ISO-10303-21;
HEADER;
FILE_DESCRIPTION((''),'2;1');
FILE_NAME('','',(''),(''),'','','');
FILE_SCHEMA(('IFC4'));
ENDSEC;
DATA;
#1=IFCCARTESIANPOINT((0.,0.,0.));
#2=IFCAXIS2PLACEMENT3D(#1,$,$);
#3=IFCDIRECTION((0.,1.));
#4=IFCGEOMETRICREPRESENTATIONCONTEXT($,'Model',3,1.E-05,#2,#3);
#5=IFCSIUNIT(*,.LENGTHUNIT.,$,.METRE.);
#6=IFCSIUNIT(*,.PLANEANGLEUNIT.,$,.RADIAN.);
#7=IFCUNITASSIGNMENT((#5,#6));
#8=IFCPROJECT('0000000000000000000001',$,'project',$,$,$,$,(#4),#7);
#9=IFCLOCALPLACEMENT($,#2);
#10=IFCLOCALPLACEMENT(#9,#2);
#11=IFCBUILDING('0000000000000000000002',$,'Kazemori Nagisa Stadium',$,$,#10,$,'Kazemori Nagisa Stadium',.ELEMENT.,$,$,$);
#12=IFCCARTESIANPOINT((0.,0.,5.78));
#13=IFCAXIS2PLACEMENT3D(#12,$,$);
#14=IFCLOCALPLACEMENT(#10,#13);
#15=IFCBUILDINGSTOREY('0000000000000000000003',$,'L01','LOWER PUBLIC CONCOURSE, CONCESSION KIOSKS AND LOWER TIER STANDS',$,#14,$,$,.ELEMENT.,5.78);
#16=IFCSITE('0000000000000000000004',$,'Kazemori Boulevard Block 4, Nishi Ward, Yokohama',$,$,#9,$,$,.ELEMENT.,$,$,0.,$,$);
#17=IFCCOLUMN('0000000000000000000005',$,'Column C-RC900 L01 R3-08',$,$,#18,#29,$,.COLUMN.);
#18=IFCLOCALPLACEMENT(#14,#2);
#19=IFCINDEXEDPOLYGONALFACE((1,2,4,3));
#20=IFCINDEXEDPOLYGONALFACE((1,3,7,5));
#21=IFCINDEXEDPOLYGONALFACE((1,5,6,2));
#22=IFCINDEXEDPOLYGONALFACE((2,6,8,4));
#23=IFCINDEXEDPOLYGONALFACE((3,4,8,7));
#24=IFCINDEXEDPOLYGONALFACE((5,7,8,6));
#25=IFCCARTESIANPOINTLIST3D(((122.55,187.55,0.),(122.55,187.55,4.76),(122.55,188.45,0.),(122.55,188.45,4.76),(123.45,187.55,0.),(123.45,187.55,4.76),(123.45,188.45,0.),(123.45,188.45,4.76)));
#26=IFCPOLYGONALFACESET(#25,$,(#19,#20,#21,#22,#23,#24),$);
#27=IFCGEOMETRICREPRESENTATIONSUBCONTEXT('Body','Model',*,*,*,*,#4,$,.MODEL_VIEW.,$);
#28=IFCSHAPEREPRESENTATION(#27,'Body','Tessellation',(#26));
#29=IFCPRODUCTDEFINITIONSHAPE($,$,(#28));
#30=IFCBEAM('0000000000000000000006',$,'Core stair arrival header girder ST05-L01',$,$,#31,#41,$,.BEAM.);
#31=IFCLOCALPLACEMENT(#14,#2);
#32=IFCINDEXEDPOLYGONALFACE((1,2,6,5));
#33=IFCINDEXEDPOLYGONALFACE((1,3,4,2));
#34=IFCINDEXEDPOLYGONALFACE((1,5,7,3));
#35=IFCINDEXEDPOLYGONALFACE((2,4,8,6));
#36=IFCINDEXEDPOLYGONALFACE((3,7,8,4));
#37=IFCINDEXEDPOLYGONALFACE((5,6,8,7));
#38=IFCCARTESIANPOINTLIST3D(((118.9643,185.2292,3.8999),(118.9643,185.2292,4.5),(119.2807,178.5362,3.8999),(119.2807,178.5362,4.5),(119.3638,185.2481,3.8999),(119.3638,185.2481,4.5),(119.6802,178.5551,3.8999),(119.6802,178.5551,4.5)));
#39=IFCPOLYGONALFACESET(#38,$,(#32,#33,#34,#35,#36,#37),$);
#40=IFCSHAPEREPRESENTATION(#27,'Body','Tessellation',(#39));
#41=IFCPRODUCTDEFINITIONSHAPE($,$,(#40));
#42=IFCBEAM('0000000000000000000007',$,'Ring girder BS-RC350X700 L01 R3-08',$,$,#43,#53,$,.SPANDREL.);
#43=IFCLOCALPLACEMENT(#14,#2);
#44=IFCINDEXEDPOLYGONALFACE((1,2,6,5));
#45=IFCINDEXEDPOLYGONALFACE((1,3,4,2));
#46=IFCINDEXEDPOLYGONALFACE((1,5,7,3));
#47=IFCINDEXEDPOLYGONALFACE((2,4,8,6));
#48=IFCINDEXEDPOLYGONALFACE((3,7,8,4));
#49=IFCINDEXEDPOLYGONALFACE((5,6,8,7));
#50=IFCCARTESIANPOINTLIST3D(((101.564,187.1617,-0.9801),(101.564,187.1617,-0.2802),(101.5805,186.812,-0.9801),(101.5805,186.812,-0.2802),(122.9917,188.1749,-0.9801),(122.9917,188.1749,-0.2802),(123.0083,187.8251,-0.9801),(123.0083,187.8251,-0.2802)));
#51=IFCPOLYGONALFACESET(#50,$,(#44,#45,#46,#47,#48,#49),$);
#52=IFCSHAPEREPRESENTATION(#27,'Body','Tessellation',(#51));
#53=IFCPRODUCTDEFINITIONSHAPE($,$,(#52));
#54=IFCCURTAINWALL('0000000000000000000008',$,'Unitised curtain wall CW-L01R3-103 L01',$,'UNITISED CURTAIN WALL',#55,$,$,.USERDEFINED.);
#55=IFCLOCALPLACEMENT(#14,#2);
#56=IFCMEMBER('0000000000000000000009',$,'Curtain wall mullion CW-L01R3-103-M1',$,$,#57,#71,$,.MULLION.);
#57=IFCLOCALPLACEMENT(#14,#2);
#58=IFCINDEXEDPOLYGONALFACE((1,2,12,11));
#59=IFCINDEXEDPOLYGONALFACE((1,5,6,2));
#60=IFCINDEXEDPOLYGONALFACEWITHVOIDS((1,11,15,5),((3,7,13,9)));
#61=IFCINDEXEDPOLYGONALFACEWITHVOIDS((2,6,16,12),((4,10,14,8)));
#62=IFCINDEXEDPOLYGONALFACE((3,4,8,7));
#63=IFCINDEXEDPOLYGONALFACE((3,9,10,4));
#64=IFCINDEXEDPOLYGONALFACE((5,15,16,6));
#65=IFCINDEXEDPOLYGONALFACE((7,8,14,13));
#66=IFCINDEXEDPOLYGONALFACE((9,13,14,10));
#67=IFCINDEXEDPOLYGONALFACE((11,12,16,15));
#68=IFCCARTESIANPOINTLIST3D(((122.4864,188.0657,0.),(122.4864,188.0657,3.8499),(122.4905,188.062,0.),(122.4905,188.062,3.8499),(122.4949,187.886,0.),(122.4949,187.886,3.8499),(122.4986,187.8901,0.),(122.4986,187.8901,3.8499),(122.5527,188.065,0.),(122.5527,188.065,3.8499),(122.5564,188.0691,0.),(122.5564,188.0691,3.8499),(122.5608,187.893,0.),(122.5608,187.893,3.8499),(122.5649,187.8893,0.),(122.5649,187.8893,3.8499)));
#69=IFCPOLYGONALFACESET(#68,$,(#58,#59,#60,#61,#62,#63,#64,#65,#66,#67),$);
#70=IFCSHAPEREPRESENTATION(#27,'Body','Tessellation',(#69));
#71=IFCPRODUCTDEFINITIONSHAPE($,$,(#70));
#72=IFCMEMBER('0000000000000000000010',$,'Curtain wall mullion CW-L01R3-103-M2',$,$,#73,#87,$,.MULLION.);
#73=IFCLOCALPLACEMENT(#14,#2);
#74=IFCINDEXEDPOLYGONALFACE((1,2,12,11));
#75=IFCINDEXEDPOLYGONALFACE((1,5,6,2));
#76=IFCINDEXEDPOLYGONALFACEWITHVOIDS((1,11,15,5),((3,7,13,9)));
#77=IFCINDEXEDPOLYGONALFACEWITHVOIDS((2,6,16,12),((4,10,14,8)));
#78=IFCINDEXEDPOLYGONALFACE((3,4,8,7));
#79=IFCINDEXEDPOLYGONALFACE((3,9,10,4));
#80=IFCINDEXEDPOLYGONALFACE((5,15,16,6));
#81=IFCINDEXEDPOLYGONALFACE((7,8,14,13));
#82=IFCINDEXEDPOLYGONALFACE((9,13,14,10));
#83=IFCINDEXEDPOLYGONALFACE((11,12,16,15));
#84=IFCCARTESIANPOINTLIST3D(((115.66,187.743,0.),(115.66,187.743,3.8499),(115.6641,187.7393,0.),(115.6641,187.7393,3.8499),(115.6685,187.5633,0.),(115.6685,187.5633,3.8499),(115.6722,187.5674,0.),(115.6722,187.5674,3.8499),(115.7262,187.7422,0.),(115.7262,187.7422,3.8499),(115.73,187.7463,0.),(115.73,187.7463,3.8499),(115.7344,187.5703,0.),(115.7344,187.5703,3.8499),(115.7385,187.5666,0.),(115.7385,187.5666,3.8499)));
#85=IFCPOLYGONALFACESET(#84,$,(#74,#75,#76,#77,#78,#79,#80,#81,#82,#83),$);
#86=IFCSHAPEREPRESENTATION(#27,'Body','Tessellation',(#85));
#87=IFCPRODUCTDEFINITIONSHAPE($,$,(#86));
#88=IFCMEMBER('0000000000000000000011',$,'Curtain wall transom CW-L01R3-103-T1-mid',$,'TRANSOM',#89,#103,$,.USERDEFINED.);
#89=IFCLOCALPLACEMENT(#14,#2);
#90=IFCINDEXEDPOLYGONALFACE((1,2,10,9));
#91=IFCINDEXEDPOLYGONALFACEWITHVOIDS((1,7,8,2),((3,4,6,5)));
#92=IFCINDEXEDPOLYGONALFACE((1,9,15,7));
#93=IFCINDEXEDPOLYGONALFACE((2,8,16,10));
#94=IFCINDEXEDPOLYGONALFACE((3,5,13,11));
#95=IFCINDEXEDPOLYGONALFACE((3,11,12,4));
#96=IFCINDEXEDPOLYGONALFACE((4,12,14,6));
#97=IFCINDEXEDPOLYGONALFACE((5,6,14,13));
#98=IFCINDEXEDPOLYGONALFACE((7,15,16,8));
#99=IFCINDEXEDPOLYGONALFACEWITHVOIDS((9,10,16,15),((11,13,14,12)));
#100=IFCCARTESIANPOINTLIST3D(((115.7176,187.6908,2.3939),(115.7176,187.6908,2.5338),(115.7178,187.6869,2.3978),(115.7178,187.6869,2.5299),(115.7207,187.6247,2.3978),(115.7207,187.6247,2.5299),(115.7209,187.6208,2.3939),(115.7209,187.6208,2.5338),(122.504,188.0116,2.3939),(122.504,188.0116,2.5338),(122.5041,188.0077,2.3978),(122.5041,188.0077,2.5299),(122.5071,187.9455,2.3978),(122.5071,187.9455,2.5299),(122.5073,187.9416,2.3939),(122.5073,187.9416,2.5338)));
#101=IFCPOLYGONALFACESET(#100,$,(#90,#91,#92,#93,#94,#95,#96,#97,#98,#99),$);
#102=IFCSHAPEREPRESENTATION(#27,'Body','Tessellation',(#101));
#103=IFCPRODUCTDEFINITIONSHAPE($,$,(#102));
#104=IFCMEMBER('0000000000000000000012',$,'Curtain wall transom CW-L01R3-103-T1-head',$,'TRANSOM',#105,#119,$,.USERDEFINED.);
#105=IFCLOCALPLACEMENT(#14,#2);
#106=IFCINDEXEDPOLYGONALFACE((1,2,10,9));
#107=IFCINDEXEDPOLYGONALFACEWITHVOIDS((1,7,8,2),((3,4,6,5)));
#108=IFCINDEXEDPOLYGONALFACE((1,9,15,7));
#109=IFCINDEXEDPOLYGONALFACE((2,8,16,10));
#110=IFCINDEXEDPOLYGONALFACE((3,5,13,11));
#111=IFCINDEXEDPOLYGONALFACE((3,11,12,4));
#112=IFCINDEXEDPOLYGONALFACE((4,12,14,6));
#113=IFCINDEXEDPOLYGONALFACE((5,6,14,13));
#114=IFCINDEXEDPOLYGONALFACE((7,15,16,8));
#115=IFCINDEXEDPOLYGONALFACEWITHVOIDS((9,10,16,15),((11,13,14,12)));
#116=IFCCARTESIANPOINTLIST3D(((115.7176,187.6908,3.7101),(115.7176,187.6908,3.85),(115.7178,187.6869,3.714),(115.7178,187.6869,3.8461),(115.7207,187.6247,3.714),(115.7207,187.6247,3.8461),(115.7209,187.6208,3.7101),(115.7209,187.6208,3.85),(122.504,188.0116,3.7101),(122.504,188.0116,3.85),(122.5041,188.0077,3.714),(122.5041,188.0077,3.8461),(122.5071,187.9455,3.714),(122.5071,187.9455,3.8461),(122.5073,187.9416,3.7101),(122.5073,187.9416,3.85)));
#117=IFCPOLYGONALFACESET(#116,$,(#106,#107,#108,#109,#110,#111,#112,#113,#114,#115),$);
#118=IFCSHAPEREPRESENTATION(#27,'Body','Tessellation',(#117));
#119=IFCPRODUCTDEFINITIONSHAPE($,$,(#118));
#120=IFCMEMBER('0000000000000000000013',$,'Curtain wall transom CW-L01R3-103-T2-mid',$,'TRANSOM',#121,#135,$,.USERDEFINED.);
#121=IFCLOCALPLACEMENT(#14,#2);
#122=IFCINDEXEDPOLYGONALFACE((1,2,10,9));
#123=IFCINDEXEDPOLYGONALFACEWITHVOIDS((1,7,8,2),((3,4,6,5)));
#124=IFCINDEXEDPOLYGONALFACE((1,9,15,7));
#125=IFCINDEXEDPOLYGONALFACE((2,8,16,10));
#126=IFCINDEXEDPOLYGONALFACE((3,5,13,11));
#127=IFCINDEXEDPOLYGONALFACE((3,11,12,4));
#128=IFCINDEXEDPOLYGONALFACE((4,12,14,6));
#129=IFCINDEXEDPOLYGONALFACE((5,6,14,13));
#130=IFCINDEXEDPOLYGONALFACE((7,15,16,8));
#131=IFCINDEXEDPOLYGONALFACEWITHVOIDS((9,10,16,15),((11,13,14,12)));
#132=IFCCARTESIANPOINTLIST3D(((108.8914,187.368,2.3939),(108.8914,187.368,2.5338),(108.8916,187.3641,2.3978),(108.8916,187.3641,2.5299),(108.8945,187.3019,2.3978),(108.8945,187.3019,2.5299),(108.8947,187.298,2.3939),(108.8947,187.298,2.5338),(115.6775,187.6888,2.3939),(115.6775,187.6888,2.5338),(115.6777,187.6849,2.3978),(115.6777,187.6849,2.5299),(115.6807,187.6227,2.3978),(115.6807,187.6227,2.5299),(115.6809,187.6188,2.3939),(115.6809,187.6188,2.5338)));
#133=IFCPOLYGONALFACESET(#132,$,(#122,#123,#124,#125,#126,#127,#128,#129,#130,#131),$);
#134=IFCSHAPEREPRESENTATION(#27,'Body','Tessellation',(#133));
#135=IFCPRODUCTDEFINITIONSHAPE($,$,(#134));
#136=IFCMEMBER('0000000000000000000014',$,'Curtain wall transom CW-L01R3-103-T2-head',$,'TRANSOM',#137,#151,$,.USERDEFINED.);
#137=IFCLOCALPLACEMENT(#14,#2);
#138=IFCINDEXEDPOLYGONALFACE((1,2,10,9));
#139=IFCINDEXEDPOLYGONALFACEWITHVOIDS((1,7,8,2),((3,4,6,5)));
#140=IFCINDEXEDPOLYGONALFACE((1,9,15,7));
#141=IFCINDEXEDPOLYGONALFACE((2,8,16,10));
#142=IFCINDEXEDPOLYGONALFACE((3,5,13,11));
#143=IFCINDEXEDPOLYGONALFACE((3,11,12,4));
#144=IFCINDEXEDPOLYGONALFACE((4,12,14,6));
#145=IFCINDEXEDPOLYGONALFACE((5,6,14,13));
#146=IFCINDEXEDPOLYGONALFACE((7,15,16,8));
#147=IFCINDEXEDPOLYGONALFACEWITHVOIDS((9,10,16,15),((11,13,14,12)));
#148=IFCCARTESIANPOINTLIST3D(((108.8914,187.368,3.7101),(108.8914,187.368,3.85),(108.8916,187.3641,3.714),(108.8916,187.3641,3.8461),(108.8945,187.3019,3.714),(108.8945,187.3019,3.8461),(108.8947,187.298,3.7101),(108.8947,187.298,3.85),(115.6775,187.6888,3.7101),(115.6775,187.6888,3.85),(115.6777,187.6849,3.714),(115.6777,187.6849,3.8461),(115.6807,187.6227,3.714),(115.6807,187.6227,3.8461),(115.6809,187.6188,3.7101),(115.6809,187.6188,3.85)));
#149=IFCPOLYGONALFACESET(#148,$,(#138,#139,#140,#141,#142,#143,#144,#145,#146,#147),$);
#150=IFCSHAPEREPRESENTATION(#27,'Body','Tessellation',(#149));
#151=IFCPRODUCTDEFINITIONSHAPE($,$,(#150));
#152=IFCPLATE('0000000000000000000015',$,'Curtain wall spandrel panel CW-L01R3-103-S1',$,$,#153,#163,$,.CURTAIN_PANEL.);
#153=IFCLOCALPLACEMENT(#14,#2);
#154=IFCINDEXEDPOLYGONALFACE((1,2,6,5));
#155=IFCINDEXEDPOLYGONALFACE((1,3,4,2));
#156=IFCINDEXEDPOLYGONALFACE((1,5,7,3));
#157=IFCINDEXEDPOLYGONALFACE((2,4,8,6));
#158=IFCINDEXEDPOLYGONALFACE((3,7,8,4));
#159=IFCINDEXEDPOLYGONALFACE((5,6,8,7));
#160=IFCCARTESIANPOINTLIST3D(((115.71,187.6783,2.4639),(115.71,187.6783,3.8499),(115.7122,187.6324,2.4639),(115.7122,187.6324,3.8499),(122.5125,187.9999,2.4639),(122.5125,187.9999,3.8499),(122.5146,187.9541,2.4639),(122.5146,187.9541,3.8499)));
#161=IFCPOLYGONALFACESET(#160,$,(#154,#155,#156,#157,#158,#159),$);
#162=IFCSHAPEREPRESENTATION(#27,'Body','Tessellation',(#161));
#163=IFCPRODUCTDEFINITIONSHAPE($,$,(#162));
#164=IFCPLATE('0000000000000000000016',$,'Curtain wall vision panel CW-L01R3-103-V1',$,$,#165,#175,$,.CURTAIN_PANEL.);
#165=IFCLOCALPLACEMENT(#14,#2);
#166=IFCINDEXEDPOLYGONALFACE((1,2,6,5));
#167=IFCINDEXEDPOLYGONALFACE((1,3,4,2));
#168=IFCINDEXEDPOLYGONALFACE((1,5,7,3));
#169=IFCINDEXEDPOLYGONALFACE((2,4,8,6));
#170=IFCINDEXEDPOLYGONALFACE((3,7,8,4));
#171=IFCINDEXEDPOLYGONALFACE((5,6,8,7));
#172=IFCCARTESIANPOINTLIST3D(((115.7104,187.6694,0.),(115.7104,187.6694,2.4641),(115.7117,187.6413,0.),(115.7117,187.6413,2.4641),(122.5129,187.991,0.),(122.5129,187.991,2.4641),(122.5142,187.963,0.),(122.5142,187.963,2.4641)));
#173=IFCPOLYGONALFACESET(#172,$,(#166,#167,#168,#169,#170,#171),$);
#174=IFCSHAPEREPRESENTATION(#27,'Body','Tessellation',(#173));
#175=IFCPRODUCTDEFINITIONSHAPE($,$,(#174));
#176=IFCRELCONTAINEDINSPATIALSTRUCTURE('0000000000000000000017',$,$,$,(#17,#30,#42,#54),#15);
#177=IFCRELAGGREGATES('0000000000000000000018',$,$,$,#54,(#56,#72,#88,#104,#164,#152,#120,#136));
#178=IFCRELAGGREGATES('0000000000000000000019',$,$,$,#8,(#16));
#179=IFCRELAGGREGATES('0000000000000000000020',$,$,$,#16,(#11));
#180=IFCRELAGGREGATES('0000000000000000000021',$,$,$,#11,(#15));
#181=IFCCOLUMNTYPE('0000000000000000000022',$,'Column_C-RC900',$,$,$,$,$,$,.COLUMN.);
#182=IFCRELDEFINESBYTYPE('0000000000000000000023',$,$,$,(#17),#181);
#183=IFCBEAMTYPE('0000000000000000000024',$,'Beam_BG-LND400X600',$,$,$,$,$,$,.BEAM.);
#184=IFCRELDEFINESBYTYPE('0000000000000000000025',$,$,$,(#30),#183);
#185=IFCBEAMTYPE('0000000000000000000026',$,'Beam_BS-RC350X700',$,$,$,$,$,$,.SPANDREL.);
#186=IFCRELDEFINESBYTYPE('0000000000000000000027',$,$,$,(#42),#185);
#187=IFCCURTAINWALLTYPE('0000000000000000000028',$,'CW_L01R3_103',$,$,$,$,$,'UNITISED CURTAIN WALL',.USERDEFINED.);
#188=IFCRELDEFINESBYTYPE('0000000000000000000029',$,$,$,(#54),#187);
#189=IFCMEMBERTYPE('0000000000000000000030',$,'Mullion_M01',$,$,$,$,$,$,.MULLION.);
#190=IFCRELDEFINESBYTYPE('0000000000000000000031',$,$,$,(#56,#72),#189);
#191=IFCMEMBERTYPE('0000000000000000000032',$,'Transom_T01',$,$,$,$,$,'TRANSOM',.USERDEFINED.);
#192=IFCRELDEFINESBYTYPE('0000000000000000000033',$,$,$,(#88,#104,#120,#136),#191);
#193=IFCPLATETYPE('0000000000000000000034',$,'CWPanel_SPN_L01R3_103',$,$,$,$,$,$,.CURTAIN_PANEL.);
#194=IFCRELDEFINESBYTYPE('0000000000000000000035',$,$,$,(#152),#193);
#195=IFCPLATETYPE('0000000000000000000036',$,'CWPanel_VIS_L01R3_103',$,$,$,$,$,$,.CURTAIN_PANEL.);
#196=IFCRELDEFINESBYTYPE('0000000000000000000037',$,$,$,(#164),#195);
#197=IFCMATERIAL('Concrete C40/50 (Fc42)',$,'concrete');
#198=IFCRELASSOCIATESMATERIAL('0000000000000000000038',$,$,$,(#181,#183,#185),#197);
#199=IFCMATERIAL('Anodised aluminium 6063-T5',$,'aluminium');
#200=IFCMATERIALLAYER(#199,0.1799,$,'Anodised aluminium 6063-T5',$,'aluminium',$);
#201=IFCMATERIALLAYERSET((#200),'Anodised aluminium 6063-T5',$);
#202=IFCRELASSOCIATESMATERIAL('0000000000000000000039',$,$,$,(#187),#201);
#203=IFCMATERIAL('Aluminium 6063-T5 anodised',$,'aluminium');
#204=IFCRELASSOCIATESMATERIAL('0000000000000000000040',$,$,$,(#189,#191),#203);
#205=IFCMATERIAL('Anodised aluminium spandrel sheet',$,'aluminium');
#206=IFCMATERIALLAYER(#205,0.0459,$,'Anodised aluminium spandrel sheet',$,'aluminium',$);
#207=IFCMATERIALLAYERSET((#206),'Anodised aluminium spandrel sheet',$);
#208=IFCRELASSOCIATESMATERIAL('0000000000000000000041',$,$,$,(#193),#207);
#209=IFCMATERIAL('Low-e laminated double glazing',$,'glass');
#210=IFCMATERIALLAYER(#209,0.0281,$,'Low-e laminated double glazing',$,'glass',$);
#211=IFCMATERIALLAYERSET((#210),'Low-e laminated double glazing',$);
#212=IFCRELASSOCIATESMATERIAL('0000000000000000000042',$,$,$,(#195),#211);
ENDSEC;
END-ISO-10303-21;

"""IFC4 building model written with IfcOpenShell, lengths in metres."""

from ifc_helpers import new_model, si_unit, direction, frame, origin, origin_2d, place, context, subcontext, project, spatial, rectangle, hollow_rectangle, extrude, material, layer, layer_set, material_profile, profile_set, type_object, element, aggregate, save


model = new_model("IFC4")

# Units and contexts
model_context = context("Model", 3, precision=1e-05, world=origin(), true_north=direction((0.0, 1.0)))
body_context = subcontext(model_context, "Body", "Model", "MODEL_VIEW")
ifc_project = project(units=[si_unit("LENGTHUNIT", "METRE"), si_unit("PLANEANGLEUNIT", "RADIAN")], contexts=[model_context])

# Site, building, storey
site_placement = place(None, origin())
site = spatial("IfcSite", under=ifc_project, at=site_placement, Name="Kazemori Boulevard Block 4, Nishi Ward, Yokohama", CompositionType="ELEMENT", RefElevation=0.0)
building_placement = place(site_placement, origin())
building = spatial("IfcBuilding", under=site, at=building_placement, Name="Kazemori Nagisa Stadium", LongName="Kazemori Nagisa Stadium", CompositionType="ELEMENT")
storey_placement = place(building_placement, frame((0.0, 0.0, 5.78)))
storey = spatial("IfcBuildingStorey", under=building, at=storey_placement, Name="L01", Description="LOWER PUBLIC CONCOURSE, CONCESSION KIOSKS AND LOWER TIER STANDS", CompositionType="ELEMENT", Elevation=5.78)

# Column
ifc_material_1 = material(Name="Concrete C40/50 (Fc42)", Category="concrete")
ifc_material_profile_1 = material_profile(ifc_material_1, rectangle(XDim=0.8999, YDim=0.8999, at=origin_2d()), Name="RC-COL-900x900")
ifc_profile_set_1 = profile_set([ifc_material_profile_1], Name="Concrete C40/50 (Fc42)")
column_type = type_object("IfcColumnType", Name="Column_C-RC900", PredefinedType="COLUMN", material=ifc_profile_set_1)
column_placement = place(storey_placement, frame((123.0, 188.0, 0.0), z_axis=(0.0, 0.0, 1.0), x_axis=(0.0, 1.0, 0.0)))
element("IfcColumn", 1, at=column_placement, inside=storey, type_object=column_type, Name="Column C-RC900 L01 R3-08", PredefinedType="COLUMN", context=body_context, shape_type="SweptSolid", body=[
    extrude(rectangle(XDim=0.8999, YDim=0.8999, at=origin_2d()), origin(), (0.0, 0.0, 1.0), 4.76),
])

# Beams
ifc_material_profile_2 = material_profile(ifc_material_1, rectangle(XDim=0.3999, YDim=0.6001, at=origin_2d()), Name="RC-BM-400x600")
ifc_profile_set_2 = profile_set([ifc_material_profile_2], Name="Concrete C40/50 (Fc42)")
beam_type_1 = type_object("IfcBeamType", Name="Beam_BG-LND400X600", PredefinedType="BEAM", material=ifc_profile_set_2)
beam_1_placement = place(storey_placement, frame((119.4805, 178.5457, 4.2), z_axis=(-0.047222, 0.998884, 0.0), x_axis=(-0.998884, -0.047222, 0.0)))
element("IfcBeam", 2, at=beam_1_placement, inside=storey, type_object=beam_type_1, Name="Core stair arrival header girder ST05-L01", PredefinedType="BEAM", context=body_context, shape_type="SweptSolid", body=[
    extrude(rectangle(XDim=0.3999, YDim=0.6001, at=origin_2d()), origin(), (0.0, 0.0, 1.0), 6.7004),
])
ifc_material_profile_3 = material_profile(ifc_material_1, rectangle(XDim=0.3501, YDim=0.7, at=origin_2d()), Name="RC-SP-350x700")
ifc_profile_set_3 = profile_set([ifc_material_profile_3], Name="Concrete C40/50 (Fc42)")
beam_type_2 = type_object("IfcBeamType", Name="Beam_BS-RC350X700", PredefinedType="SPANDREL", material=ifc_profile_set_3)
beam_2_placement = place(storey_placement, frame((123.0, 188.0, -0.6301), z_axis=(-0.998884, -0.047231, 0.0), x_axis=(0.047231, -0.998884, 0.0)))
element("IfcBeam", 3, at=beam_2_placement, inside=storey, type_object=beam_type_2, Name="Ring girder BS-RC350X700 L01 R3-08", PredefinedType="SPANDREL", context=body_context, shape_type="SweptSolid", body=[
    extrude(rectangle(XDim=0.3501, YDim=0.7, at=origin_2d()), origin(), (0.0, 0.0, 1.0), 21.4517),
])

# Curtain wall, members, plates
ifc_material_2 = material(Name="Anodised aluminium 6063-T5", Category="aluminium")
ifc_layer_1 = layer(ifc_material_2, 0.1799, Name="Anodised aluminium 6063-T5", Category="aluminium")
ifc_layer_set_1 = layer_set([ifc_layer_1], Name="Anodised aluminium 6063-T5")
curtain_wall_type = type_object("IfcCurtainWallType", Name="CW_L01R3_103", ElementType="UNITISED CURTAIN WALL", PredefinedType="USERDEFINED", material=ifc_layer_set_1)
curtain_wall_placement = place(storey_placement, origin())
curtain_wall = element("IfcCurtainWall", 4, at=curtain_wall_placement, inside=storey, type_object=curtain_wall_type, Name="Unitised curtain wall CW-L01R3-103 L01", ObjectType="UNITISED CURTAIN WALL", PredefinedType="USERDEFINED")
ifc_material_3 = material(Name="Aluminium 6063-T5 anodised", Category="aluminium")
ifc_material_profile_4 = material_profile(ifc_material_3, hollow_rectangle(XDim=0.0701, YDim=0.1799, WallThickness=0.0039, at=origin_2d()), Name="ALU-MULL-70x180x4")
ifc_profile_set_4 = profile_set([ifc_material_profile_4], Name="Aluminium 6063-T5 anodised")
member_type_1 = type_object("IfcMemberType", Name="Mullion_M01", PredefinedType="MULLION", material=ifc_profile_set_4)
member_1_placement = place(storey_placement, frame((122.5256, 187.9775, 0.0), z_axis=(0.0, 0.0, 1.0), x_axis=(-0.998884, -0.04723, 0.0)))
member_1 = element("IfcMember", 5, at=member_1_placement, type_object=member_type_1, Name="Curtain wall mullion CW-L01R3-103-M1", PredefinedType="MULLION", context=body_context, shape_type="SweptSolid", body=[
    extrude(hollow_rectangle(XDim=0.0701, YDim=0.1799, WallThickness=0.0039, at=origin_2d()), origin(), (0.0, 0.0, 1.0), 3.8499),
])
member_2_placement = place(storey_placement, frame((115.6992, 187.6548, 0.0), z_axis=(0.0, 0.0, 1.0), x_axis=(-0.998884, -0.04723, 0.0)))
member_2 = element("IfcMember", 6, at=member_2_placement, type_object=member_type_1, Name="Curtain wall mullion CW-L01R3-103-M2", PredefinedType="MULLION", context=body_context, shape_type="SweptSolid", body=[
    extrude(hollow_rectangle(XDim=0.0701, YDim=0.1799, WallThickness=0.0039, at=origin_2d()), origin(), (0.0, 0.0, 1.0), 3.8499),
])
ifc_material_profile_5 = material_profile(ifc_material_3, hollow_rectangle(XDim=0.0701, YDim=0.1399, WallThickness=0.0039, at=origin_2d()), Name="ALU-TRAN-70x140x4")
ifc_profile_set_5 = profile_set([ifc_material_profile_5], Name="Aluminium 6063-T5 anodised")
member_type_2 = type_object("IfcMemberType", Name="Transom_T01", ElementType="TRANSOM", PredefinedType="USERDEFINED", material=ifc_profile_set_5)
member_3_placement = place(storey_placement, frame((122.5056, 187.9766, 2.4639), z_axis=(-0.998885, -0.047219, 0.0), x_axis=(0.047219, -0.998885, 0.0)))
member_3 = element("IfcMember", 7, at=member_3_placement, type_object=member_type_2, Name="Curtain wall transom CW-L01R3-103-T1-mid", ObjectType="TRANSOM", PredefinedType="USERDEFINED", context=body_context, shape_type="SweptSolid", body=[
    extrude(hollow_rectangle(XDim=0.0701, YDim=0.1399, WallThickness=0.0039, at=origin_2d()), origin(), (0.0, 0.0, 1.0), 6.7939),
])
member_4_placement = place(storey_placement, frame((122.5056, 187.9766, 3.78), z_axis=(-0.998885, -0.047219, 0.0), x_axis=(0.047219, -0.998885, 0.0)))
member_4 = element("IfcMember", 8, at=member_4_placement, type_object=member_type_2, Name="Curtain wall transom CW-L01R3-103-T1-head", ObjectType="TRANSOM", PredefinedType="USERDEFINED", context=body_context, shape_type="SweptSolid", body=[
    extrude(hollow_rectangle(XDim=0.0701, YDim=0.1399, WallThickness=0.0039, at=origin_2d()), origin(), (0.0, 0.0, 1.0), 6.7939),
])
member_5_placement = place(storey_placement, frame((115.6792, 187.6538, 2.4639), z_axis=(-0.998885, -0.04722, 0.0), x_axis=(0.04722, -0.998885, 0.0)))
member_5 = element("IfcMember", 9, at=member_5_placement, type_object=member_type_2, Name="Curtain wall transom CW-L01R3-103-T2-mid", ObjectType="TRANSOM", PredefinedType="USERDEFINED", context=body_context, shape_type="SweptSolid", body=[
    extrude(hollow_rectangle(XDim=0.0701, YDim=0.1399, WallThickness=0.0039, at=origin_2d()), origin(), (0.0, 0.0, 1.0), 6.7937),
])
member_6_placement = place(storey_placement, frame((115.6792, 187.6538, 3.78), z_axis=(-0.998885, -0.04722, 0.0), x_axis=(0.04722, -0.998885, 0.0)))
member_6 = element("IfcMember", 10, at=member_6_placement, type_object=member_type_2, Name="Curtain wall transom CW-L01R3-103-T2-head", ObjectType="TRANSOM", PredefinedType="USERDEFINED", context=body_context, shape_type="SweptSolid", body=[
    extrude(hollow_rectangle(XDim=0.0701, YDim=0.1399, WallThickness=0.0039, at=origin_2d()), origin(), (0.0, 0.0, 1.0), 6.7937),
])
ifc_material_4 = material(Name="Anodised aluminium spandrel sheet", Category="aluminium")
ifc_layer_2 = layer(ifc_material_4, 0.0459, Name="Anodised aluminium spandrel sheet", Category="aluminium")
ifc_layer_set_2 = layer_set([ifc_layer_2], Name="Anodised aluminium spandrel sheet")
plate_type_1 = type_object("IfcPlateType", Name="CWPanel_SPN_L01R3_103", PredefinedType="CURTAIN_PANEL", material=ifc_layer_set_2)
plate_1_placement = place(storey_placement, frame((119.1123, 187.8162, 2.4639), z_axis=(0.0, 0.0, 1.0), x_axis=(-0.998884, -0.04723, 0.0)))
plate_1 = element("IfcPlate", 11, at=plate_1_placement, type_object=plate_type_1, Name="Curtain wall spandrel panel CW-L01R3-103-S1", PredefinedType="CURTAIN_PANEL", context=body_context, shape_type="SweptSolid", body=[
    extrude(rectangle(XDim=6.8101, YDim=0.0459, at=origin_2d()), origin(), (0.0, 0.0, 1.0), 1.386),
])
ifc_material_5 = material(Name="Low-e laminated double glazing", Category="glass")
ifc_layer_3 = layer(ifc_material_5, 0.0281, Name="Low-e laminated double glazing", Category="glass")
ifc_layer_set_3 = layer_set([ifc_layer_3], Name="Low-e laminated double glazing")
plate_type_2 = type_object("IfcPlateType", Name="CWPanel_VIS_L01R3_103", PredefinedType="CURTAIN_PANEL", material=ifc_layer_set_3)
plate_2_placement = place(storey_placement, frame((119.1123, 187.8162, 0.0), z_axis=(0.0, 0.0, 1.0), x_axis=(-0.998884, -0.04723, 0.0)))
plate_2 = element("IfcPlate", 12, at=plate_2_placement, type_object=plate_type_2, Name="Curtain wall vision panel CW-L01R3-103-V1", PredefinedType="CURTAIN_PANEL", context=body_context, shape_type="SweptSolid", body=[
    extrude(rectangle(XDim=6.8101, YDim=0.0281, at=origin_2d()), origin(), (0.0, 0.0, 1.0), 2.4641),
])
aggregate(curtain_wall, [member_1, member_2, member_3, member_4, plate_2, plate_1, member_5, member_6])

save(model, "model.ifc")
